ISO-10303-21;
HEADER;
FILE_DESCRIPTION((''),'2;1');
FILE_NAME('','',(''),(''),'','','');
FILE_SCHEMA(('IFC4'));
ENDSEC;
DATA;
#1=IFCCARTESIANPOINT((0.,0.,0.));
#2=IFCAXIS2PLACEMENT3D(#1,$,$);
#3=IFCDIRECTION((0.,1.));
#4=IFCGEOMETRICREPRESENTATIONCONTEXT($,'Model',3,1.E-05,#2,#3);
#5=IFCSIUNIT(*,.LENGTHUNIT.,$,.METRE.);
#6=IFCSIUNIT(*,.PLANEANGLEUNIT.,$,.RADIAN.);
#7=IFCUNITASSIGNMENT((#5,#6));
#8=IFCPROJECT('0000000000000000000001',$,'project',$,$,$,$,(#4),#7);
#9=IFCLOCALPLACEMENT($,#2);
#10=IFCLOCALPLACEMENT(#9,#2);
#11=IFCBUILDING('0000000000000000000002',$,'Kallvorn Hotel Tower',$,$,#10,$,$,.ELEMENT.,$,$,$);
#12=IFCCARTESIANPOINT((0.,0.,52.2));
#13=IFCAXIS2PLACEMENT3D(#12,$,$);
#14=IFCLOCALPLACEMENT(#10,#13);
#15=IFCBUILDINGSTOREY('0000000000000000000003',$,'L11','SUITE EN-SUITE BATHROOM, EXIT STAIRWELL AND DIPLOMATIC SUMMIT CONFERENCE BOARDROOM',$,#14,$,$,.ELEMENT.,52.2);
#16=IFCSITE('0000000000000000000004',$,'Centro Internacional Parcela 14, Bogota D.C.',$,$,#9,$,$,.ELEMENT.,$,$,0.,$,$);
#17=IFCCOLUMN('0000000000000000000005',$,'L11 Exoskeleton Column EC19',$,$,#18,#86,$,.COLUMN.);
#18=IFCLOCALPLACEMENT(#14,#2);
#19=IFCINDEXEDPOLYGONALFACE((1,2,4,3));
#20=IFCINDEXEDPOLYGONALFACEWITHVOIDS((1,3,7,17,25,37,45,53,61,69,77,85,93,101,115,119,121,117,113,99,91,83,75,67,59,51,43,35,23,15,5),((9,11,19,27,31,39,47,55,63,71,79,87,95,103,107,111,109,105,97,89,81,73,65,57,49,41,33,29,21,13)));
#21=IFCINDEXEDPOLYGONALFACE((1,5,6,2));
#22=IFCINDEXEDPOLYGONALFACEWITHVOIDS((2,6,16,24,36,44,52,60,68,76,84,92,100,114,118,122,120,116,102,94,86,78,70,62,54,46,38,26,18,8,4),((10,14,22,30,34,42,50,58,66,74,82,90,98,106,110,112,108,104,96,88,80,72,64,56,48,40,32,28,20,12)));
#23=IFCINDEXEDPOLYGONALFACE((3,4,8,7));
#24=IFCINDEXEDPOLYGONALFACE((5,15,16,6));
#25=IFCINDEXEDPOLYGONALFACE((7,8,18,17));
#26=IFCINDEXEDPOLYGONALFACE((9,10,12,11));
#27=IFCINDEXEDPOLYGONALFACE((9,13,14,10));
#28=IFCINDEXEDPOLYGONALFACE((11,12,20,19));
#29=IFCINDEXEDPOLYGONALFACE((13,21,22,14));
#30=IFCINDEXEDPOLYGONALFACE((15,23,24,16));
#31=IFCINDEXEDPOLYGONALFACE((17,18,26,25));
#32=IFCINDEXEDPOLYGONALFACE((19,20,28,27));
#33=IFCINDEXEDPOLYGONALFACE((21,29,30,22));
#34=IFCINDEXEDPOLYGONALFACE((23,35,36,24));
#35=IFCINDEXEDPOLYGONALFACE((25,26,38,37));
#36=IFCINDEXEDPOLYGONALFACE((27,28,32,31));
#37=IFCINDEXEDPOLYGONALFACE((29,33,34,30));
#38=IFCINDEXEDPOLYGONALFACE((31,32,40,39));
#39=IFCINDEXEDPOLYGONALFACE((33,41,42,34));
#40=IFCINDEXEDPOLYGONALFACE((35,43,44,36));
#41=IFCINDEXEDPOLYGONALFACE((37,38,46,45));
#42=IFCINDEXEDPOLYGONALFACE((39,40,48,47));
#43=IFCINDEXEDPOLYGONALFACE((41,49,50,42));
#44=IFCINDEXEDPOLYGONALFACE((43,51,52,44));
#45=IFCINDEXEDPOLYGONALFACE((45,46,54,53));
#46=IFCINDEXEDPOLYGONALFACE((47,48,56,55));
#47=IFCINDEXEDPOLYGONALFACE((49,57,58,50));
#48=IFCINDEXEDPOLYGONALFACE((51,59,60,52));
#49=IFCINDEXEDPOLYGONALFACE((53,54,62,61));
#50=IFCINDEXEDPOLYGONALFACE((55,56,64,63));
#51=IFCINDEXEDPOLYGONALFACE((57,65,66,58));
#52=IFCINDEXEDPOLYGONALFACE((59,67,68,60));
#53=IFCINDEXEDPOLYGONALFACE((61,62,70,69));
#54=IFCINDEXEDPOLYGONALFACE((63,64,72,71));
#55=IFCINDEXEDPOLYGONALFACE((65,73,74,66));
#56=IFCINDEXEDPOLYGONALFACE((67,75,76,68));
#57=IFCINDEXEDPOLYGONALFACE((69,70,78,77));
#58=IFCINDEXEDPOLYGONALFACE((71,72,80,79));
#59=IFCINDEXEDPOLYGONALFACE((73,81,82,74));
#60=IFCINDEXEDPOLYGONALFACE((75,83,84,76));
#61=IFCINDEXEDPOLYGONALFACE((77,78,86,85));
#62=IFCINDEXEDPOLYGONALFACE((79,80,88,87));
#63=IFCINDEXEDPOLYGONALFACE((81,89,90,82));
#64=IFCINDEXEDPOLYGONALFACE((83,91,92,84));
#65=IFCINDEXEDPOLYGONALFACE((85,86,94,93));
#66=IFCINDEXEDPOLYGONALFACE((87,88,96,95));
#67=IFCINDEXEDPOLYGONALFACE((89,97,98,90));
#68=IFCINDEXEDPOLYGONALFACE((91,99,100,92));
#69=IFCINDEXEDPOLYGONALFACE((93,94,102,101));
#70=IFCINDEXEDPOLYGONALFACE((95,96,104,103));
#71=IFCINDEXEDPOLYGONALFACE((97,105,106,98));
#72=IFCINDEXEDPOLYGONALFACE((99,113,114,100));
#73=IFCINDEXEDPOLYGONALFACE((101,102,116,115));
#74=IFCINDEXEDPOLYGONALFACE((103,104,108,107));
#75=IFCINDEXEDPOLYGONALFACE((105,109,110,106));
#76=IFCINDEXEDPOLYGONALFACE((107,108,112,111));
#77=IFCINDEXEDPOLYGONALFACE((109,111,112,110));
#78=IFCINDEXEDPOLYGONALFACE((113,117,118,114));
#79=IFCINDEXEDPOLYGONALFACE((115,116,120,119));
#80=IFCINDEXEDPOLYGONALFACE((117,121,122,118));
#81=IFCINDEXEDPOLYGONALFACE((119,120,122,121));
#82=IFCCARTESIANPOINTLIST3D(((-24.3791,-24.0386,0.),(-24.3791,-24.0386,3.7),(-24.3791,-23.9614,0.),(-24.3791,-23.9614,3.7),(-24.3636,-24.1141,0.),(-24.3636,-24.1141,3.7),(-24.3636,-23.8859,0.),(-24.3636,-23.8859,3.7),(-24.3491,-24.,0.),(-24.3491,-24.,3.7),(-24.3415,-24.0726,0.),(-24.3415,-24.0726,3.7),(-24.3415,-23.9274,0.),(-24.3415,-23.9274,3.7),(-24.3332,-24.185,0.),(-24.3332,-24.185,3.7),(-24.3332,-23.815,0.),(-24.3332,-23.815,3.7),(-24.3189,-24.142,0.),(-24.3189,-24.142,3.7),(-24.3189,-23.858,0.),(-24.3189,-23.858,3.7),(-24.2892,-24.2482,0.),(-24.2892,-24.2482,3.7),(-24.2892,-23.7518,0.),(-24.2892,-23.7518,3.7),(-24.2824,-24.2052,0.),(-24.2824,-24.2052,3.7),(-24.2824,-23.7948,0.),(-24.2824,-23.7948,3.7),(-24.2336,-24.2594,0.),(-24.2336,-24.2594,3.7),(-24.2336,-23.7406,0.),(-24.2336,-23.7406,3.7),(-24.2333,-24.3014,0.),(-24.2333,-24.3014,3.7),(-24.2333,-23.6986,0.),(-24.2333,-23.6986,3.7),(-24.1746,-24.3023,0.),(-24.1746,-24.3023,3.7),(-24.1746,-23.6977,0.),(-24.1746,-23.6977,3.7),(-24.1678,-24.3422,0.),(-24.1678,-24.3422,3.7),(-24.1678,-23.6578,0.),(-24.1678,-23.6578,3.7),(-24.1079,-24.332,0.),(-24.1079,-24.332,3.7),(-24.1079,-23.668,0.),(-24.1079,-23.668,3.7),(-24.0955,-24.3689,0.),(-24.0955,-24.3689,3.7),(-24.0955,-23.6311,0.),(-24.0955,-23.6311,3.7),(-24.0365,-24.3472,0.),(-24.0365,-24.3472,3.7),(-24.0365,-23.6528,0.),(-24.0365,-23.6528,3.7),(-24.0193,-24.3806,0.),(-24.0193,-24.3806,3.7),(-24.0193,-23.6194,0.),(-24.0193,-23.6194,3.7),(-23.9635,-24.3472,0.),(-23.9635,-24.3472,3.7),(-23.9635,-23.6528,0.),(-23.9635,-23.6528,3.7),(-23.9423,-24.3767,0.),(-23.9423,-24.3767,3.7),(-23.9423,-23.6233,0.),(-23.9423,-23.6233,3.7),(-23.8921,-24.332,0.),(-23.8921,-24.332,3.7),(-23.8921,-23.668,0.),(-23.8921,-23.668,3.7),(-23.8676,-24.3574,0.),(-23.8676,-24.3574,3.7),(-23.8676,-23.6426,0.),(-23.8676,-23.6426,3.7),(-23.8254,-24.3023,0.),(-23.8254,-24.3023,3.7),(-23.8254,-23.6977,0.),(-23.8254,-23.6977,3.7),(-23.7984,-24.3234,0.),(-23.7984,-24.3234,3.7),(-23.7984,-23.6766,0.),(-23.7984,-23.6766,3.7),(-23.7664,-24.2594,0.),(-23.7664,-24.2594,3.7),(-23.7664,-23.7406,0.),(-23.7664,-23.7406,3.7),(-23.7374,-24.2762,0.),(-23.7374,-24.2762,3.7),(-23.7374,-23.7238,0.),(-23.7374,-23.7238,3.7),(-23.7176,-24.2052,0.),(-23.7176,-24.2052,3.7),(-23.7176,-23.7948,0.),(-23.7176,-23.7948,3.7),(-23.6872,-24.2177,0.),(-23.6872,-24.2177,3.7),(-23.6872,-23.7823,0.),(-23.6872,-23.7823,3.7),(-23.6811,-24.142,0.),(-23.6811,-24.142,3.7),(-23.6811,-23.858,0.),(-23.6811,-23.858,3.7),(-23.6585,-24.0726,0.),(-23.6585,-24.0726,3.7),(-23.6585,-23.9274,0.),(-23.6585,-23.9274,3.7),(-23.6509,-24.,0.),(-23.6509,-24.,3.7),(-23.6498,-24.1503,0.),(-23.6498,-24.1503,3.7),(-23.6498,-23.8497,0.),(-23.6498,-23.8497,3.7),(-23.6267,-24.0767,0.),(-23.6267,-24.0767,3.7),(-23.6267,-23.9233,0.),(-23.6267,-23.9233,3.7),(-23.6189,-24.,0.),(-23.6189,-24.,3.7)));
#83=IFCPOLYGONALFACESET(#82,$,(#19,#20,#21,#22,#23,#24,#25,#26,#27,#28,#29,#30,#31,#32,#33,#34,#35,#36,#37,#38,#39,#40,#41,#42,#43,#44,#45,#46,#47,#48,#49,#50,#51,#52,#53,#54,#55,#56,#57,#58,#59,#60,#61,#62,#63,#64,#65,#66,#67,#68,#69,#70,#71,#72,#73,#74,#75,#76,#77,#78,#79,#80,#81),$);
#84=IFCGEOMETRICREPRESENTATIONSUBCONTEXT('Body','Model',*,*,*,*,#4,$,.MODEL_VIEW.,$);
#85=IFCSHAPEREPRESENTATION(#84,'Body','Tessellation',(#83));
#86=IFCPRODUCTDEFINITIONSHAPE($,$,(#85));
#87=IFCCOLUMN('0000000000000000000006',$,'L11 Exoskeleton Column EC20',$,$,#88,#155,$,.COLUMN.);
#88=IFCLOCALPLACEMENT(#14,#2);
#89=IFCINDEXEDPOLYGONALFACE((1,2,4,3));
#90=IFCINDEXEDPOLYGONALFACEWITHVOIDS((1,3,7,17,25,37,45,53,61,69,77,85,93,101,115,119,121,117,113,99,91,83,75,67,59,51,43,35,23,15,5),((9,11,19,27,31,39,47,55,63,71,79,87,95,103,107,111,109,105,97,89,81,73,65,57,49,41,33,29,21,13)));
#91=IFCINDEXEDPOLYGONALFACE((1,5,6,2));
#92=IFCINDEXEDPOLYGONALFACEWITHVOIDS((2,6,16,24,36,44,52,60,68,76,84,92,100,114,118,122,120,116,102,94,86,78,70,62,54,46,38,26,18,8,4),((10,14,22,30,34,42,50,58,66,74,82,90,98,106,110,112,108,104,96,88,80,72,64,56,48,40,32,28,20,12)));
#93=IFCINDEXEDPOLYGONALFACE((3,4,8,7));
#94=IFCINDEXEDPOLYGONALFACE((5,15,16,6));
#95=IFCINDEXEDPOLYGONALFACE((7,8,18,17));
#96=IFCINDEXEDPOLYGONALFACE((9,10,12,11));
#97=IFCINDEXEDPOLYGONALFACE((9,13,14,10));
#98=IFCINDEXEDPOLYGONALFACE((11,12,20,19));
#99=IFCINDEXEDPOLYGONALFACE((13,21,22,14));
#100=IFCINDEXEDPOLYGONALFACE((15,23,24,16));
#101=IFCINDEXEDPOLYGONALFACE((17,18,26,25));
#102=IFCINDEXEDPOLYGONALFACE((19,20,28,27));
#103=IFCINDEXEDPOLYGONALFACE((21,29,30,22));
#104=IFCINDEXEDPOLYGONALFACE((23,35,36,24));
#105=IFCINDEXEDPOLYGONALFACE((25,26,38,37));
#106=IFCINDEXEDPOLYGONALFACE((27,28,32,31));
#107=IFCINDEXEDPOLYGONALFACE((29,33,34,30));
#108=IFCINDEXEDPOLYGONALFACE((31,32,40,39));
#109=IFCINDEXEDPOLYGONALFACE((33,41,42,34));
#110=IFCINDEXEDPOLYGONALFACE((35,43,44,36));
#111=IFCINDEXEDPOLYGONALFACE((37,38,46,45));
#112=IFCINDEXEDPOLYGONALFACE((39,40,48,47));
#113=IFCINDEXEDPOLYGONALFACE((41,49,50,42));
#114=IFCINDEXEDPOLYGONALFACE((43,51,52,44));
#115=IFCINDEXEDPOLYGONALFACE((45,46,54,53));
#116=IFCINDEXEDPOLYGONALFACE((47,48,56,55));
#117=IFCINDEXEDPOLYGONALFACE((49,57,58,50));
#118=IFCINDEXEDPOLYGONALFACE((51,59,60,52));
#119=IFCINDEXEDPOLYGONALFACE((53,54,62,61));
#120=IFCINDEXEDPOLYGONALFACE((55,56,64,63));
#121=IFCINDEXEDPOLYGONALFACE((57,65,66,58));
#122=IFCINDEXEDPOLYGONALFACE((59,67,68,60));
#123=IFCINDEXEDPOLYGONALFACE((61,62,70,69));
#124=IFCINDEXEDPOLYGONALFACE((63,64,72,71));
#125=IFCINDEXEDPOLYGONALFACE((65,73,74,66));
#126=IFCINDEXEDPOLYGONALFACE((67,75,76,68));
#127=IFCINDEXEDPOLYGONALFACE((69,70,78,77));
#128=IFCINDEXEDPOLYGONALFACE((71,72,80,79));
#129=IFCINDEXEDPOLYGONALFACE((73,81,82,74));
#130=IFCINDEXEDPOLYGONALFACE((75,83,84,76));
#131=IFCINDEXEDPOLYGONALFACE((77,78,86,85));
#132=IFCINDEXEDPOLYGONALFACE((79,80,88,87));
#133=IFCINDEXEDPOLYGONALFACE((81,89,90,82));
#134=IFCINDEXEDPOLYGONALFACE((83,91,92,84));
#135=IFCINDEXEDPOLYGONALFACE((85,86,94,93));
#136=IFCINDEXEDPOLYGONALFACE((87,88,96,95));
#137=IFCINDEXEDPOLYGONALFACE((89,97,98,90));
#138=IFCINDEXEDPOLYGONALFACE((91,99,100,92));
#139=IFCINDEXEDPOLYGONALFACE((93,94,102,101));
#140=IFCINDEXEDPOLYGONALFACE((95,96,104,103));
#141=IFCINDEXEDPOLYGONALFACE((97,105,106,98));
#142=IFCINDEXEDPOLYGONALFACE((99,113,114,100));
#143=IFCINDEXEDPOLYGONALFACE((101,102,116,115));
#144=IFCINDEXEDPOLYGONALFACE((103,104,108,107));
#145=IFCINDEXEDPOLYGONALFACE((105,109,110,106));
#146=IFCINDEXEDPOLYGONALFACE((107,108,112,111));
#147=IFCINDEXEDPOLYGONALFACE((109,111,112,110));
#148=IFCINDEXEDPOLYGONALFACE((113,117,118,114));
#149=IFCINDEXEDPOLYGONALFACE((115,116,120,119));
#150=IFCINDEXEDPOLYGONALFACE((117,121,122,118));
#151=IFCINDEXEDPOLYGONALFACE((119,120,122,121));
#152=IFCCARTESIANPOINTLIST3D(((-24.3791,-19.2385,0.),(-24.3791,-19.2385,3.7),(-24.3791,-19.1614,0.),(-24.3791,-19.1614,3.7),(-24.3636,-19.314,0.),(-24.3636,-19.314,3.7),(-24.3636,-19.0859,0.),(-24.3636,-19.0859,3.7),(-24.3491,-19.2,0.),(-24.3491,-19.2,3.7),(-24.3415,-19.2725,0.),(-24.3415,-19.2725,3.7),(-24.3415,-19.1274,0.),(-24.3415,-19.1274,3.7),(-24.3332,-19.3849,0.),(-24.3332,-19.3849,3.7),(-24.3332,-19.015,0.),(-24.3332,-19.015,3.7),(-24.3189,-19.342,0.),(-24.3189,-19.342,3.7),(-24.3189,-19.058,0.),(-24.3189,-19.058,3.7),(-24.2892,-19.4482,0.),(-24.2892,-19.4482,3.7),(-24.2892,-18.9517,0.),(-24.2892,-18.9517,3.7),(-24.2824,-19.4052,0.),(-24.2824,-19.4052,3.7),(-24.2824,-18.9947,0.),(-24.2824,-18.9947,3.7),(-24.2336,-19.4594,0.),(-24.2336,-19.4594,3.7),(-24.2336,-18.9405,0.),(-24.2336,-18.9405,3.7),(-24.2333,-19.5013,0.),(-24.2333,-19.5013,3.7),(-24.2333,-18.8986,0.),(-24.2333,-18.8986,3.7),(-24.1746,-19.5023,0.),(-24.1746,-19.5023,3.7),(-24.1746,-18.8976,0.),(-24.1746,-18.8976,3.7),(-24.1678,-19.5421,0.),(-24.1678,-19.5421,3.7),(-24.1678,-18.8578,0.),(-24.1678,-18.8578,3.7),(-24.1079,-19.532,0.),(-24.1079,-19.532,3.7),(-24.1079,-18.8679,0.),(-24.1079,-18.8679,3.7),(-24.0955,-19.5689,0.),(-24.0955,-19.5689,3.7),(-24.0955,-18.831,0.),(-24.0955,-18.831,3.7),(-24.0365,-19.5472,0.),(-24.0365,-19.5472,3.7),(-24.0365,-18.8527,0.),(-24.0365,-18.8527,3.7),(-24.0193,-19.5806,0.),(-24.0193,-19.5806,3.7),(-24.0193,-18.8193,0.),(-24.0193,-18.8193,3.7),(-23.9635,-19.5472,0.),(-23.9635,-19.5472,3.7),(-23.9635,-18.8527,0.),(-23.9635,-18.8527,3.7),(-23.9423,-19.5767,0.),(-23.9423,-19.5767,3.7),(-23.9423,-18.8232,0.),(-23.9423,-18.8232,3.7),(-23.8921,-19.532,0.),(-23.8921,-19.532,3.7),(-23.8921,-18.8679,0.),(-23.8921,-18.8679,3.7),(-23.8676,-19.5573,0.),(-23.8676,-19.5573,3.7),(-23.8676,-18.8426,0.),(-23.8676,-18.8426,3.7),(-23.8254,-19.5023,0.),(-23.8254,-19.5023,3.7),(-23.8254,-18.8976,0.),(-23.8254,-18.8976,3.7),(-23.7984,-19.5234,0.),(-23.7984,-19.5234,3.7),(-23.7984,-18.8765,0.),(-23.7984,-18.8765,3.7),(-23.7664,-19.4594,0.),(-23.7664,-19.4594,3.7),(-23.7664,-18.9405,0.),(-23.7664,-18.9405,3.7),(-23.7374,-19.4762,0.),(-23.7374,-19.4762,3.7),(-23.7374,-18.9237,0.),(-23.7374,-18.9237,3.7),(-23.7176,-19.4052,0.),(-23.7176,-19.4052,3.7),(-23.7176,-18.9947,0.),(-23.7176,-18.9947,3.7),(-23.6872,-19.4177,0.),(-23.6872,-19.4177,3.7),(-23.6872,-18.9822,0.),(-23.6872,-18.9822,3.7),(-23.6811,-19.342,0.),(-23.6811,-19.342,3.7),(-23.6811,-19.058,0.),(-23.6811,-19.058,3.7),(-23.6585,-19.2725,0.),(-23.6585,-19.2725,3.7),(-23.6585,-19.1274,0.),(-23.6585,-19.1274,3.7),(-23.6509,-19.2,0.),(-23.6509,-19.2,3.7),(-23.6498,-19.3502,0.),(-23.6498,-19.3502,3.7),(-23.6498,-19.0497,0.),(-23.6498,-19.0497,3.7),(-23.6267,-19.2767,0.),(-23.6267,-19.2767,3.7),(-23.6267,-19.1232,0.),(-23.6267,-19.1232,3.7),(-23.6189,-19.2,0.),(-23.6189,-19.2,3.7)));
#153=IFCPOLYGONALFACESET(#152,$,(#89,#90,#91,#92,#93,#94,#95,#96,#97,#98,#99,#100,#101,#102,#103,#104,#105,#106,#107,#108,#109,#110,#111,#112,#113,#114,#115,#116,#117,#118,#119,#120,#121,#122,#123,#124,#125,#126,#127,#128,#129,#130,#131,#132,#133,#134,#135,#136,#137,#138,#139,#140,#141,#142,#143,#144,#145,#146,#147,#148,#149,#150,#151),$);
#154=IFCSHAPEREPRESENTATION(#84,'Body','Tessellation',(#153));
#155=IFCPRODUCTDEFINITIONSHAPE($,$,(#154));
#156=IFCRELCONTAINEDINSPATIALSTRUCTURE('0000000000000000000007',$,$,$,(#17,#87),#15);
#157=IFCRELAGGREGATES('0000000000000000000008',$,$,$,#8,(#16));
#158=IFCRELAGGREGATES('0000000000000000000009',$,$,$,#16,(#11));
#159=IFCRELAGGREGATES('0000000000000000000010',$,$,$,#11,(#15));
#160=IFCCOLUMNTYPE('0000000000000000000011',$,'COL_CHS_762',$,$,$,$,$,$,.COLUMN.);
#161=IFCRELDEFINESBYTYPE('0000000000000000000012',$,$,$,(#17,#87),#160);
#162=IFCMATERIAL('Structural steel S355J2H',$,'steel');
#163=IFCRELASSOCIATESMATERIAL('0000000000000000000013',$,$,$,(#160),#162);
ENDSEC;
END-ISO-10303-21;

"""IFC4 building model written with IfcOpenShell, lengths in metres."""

from ifc_helpers import new_model, si_unit, direction, frame, origin, origin_2d, place, context, subcontext, project, spatial, hollow_circle, extrude, material, material_profile, profile_set, type_object, element, save


model = new_model("IFC4")

# Units and contexts
model_context = context("Model", 3, precision=1e-05, world=origin(), true_north=direction((0.0, 1.0)))
body_context = subcontext(model_context, "Body", "Model", "MODEL_VIEW")
ifc_project = project(units=[si_unit("LENGTHUNIT", "METRE"), si_unit("PLANEANGLEUNIT", "RADIAN")], contexts=[model_context])

# Site, building, storey
site_placement = place(None, origin())
site = spatial("IfcSite", under=ifc_project, at=site_placement, Name="Centro Internacional Parcela 14, Bogota D.C.", CompositionType="ELEMENT", RefElevation=0.0)
building_placement = place(site_placement, origin())
building = spatial("IfcBuilding", under=site, at=building_placement, Name="Kallvorn Hotel Tower", CompositionType="ELEMENT")
storey_placement = place(building_placement, frame((0.0, 0.0, 52.2)))
storey = spatial("IfcBuildingStorey", under=building, at=storey_placement, Name="L11", Description="SUITE EN-SUITE BATHROOM, EXIT STAIRWELL AND DIPLOMATIC SUMMIT CONFERENCE BOARDROOM", CompositionType="ELEMENT", Elevation=52.2)

# Columns
ifc_material_1 = material(Name="Structural steel S355J2H", Category="steel")
ifc_material_profile_1 = material_profile(ifc_material_1, hollow_circle(Radius=0.3811, WallThickness=0.032, at=origin_2d()), Name="CHS 762x32")
ifc_profile_set_1 = profile_set([ifc_material_profile_1], Name="Structural steel S355J2H")
column_type = type_object("IfcColumnType", Name="COL_CHS_762", PredefinedType="COLUMN", material=ifc_profile_set_1)
for number, where, z_axis, x_axis, name in (
    (1, (-24.0, -24.0, 0.0), (0.0, 0.0, 1.0), (1.0, 0.0, 0.0), "L11 Exoskeleton Column EC19"),
    (2, (-24.0, -19.2, 0.0), (0.0, 0.0, 1.0), (1.0, 0.0, 0.0), "L11 Exoskeleton Column EC20"),
):
    element("IfcColumn", number, at=place(storey_placement, frame(where, z_axis=z_axis, x_axis=x_axis)), inside=storey, type_object=column_type, Name=name, PredefinedType="COLUMN", context=body_context, shape_type="SweptSolid", body=[
        extrude(hollow_circle(Radius=0.3811, WallThickness=0.032, at=origin_2d()), origin(), (0.0, 0.0, 1.0), 3.7),
    ])

save(model, "model.ifc")
